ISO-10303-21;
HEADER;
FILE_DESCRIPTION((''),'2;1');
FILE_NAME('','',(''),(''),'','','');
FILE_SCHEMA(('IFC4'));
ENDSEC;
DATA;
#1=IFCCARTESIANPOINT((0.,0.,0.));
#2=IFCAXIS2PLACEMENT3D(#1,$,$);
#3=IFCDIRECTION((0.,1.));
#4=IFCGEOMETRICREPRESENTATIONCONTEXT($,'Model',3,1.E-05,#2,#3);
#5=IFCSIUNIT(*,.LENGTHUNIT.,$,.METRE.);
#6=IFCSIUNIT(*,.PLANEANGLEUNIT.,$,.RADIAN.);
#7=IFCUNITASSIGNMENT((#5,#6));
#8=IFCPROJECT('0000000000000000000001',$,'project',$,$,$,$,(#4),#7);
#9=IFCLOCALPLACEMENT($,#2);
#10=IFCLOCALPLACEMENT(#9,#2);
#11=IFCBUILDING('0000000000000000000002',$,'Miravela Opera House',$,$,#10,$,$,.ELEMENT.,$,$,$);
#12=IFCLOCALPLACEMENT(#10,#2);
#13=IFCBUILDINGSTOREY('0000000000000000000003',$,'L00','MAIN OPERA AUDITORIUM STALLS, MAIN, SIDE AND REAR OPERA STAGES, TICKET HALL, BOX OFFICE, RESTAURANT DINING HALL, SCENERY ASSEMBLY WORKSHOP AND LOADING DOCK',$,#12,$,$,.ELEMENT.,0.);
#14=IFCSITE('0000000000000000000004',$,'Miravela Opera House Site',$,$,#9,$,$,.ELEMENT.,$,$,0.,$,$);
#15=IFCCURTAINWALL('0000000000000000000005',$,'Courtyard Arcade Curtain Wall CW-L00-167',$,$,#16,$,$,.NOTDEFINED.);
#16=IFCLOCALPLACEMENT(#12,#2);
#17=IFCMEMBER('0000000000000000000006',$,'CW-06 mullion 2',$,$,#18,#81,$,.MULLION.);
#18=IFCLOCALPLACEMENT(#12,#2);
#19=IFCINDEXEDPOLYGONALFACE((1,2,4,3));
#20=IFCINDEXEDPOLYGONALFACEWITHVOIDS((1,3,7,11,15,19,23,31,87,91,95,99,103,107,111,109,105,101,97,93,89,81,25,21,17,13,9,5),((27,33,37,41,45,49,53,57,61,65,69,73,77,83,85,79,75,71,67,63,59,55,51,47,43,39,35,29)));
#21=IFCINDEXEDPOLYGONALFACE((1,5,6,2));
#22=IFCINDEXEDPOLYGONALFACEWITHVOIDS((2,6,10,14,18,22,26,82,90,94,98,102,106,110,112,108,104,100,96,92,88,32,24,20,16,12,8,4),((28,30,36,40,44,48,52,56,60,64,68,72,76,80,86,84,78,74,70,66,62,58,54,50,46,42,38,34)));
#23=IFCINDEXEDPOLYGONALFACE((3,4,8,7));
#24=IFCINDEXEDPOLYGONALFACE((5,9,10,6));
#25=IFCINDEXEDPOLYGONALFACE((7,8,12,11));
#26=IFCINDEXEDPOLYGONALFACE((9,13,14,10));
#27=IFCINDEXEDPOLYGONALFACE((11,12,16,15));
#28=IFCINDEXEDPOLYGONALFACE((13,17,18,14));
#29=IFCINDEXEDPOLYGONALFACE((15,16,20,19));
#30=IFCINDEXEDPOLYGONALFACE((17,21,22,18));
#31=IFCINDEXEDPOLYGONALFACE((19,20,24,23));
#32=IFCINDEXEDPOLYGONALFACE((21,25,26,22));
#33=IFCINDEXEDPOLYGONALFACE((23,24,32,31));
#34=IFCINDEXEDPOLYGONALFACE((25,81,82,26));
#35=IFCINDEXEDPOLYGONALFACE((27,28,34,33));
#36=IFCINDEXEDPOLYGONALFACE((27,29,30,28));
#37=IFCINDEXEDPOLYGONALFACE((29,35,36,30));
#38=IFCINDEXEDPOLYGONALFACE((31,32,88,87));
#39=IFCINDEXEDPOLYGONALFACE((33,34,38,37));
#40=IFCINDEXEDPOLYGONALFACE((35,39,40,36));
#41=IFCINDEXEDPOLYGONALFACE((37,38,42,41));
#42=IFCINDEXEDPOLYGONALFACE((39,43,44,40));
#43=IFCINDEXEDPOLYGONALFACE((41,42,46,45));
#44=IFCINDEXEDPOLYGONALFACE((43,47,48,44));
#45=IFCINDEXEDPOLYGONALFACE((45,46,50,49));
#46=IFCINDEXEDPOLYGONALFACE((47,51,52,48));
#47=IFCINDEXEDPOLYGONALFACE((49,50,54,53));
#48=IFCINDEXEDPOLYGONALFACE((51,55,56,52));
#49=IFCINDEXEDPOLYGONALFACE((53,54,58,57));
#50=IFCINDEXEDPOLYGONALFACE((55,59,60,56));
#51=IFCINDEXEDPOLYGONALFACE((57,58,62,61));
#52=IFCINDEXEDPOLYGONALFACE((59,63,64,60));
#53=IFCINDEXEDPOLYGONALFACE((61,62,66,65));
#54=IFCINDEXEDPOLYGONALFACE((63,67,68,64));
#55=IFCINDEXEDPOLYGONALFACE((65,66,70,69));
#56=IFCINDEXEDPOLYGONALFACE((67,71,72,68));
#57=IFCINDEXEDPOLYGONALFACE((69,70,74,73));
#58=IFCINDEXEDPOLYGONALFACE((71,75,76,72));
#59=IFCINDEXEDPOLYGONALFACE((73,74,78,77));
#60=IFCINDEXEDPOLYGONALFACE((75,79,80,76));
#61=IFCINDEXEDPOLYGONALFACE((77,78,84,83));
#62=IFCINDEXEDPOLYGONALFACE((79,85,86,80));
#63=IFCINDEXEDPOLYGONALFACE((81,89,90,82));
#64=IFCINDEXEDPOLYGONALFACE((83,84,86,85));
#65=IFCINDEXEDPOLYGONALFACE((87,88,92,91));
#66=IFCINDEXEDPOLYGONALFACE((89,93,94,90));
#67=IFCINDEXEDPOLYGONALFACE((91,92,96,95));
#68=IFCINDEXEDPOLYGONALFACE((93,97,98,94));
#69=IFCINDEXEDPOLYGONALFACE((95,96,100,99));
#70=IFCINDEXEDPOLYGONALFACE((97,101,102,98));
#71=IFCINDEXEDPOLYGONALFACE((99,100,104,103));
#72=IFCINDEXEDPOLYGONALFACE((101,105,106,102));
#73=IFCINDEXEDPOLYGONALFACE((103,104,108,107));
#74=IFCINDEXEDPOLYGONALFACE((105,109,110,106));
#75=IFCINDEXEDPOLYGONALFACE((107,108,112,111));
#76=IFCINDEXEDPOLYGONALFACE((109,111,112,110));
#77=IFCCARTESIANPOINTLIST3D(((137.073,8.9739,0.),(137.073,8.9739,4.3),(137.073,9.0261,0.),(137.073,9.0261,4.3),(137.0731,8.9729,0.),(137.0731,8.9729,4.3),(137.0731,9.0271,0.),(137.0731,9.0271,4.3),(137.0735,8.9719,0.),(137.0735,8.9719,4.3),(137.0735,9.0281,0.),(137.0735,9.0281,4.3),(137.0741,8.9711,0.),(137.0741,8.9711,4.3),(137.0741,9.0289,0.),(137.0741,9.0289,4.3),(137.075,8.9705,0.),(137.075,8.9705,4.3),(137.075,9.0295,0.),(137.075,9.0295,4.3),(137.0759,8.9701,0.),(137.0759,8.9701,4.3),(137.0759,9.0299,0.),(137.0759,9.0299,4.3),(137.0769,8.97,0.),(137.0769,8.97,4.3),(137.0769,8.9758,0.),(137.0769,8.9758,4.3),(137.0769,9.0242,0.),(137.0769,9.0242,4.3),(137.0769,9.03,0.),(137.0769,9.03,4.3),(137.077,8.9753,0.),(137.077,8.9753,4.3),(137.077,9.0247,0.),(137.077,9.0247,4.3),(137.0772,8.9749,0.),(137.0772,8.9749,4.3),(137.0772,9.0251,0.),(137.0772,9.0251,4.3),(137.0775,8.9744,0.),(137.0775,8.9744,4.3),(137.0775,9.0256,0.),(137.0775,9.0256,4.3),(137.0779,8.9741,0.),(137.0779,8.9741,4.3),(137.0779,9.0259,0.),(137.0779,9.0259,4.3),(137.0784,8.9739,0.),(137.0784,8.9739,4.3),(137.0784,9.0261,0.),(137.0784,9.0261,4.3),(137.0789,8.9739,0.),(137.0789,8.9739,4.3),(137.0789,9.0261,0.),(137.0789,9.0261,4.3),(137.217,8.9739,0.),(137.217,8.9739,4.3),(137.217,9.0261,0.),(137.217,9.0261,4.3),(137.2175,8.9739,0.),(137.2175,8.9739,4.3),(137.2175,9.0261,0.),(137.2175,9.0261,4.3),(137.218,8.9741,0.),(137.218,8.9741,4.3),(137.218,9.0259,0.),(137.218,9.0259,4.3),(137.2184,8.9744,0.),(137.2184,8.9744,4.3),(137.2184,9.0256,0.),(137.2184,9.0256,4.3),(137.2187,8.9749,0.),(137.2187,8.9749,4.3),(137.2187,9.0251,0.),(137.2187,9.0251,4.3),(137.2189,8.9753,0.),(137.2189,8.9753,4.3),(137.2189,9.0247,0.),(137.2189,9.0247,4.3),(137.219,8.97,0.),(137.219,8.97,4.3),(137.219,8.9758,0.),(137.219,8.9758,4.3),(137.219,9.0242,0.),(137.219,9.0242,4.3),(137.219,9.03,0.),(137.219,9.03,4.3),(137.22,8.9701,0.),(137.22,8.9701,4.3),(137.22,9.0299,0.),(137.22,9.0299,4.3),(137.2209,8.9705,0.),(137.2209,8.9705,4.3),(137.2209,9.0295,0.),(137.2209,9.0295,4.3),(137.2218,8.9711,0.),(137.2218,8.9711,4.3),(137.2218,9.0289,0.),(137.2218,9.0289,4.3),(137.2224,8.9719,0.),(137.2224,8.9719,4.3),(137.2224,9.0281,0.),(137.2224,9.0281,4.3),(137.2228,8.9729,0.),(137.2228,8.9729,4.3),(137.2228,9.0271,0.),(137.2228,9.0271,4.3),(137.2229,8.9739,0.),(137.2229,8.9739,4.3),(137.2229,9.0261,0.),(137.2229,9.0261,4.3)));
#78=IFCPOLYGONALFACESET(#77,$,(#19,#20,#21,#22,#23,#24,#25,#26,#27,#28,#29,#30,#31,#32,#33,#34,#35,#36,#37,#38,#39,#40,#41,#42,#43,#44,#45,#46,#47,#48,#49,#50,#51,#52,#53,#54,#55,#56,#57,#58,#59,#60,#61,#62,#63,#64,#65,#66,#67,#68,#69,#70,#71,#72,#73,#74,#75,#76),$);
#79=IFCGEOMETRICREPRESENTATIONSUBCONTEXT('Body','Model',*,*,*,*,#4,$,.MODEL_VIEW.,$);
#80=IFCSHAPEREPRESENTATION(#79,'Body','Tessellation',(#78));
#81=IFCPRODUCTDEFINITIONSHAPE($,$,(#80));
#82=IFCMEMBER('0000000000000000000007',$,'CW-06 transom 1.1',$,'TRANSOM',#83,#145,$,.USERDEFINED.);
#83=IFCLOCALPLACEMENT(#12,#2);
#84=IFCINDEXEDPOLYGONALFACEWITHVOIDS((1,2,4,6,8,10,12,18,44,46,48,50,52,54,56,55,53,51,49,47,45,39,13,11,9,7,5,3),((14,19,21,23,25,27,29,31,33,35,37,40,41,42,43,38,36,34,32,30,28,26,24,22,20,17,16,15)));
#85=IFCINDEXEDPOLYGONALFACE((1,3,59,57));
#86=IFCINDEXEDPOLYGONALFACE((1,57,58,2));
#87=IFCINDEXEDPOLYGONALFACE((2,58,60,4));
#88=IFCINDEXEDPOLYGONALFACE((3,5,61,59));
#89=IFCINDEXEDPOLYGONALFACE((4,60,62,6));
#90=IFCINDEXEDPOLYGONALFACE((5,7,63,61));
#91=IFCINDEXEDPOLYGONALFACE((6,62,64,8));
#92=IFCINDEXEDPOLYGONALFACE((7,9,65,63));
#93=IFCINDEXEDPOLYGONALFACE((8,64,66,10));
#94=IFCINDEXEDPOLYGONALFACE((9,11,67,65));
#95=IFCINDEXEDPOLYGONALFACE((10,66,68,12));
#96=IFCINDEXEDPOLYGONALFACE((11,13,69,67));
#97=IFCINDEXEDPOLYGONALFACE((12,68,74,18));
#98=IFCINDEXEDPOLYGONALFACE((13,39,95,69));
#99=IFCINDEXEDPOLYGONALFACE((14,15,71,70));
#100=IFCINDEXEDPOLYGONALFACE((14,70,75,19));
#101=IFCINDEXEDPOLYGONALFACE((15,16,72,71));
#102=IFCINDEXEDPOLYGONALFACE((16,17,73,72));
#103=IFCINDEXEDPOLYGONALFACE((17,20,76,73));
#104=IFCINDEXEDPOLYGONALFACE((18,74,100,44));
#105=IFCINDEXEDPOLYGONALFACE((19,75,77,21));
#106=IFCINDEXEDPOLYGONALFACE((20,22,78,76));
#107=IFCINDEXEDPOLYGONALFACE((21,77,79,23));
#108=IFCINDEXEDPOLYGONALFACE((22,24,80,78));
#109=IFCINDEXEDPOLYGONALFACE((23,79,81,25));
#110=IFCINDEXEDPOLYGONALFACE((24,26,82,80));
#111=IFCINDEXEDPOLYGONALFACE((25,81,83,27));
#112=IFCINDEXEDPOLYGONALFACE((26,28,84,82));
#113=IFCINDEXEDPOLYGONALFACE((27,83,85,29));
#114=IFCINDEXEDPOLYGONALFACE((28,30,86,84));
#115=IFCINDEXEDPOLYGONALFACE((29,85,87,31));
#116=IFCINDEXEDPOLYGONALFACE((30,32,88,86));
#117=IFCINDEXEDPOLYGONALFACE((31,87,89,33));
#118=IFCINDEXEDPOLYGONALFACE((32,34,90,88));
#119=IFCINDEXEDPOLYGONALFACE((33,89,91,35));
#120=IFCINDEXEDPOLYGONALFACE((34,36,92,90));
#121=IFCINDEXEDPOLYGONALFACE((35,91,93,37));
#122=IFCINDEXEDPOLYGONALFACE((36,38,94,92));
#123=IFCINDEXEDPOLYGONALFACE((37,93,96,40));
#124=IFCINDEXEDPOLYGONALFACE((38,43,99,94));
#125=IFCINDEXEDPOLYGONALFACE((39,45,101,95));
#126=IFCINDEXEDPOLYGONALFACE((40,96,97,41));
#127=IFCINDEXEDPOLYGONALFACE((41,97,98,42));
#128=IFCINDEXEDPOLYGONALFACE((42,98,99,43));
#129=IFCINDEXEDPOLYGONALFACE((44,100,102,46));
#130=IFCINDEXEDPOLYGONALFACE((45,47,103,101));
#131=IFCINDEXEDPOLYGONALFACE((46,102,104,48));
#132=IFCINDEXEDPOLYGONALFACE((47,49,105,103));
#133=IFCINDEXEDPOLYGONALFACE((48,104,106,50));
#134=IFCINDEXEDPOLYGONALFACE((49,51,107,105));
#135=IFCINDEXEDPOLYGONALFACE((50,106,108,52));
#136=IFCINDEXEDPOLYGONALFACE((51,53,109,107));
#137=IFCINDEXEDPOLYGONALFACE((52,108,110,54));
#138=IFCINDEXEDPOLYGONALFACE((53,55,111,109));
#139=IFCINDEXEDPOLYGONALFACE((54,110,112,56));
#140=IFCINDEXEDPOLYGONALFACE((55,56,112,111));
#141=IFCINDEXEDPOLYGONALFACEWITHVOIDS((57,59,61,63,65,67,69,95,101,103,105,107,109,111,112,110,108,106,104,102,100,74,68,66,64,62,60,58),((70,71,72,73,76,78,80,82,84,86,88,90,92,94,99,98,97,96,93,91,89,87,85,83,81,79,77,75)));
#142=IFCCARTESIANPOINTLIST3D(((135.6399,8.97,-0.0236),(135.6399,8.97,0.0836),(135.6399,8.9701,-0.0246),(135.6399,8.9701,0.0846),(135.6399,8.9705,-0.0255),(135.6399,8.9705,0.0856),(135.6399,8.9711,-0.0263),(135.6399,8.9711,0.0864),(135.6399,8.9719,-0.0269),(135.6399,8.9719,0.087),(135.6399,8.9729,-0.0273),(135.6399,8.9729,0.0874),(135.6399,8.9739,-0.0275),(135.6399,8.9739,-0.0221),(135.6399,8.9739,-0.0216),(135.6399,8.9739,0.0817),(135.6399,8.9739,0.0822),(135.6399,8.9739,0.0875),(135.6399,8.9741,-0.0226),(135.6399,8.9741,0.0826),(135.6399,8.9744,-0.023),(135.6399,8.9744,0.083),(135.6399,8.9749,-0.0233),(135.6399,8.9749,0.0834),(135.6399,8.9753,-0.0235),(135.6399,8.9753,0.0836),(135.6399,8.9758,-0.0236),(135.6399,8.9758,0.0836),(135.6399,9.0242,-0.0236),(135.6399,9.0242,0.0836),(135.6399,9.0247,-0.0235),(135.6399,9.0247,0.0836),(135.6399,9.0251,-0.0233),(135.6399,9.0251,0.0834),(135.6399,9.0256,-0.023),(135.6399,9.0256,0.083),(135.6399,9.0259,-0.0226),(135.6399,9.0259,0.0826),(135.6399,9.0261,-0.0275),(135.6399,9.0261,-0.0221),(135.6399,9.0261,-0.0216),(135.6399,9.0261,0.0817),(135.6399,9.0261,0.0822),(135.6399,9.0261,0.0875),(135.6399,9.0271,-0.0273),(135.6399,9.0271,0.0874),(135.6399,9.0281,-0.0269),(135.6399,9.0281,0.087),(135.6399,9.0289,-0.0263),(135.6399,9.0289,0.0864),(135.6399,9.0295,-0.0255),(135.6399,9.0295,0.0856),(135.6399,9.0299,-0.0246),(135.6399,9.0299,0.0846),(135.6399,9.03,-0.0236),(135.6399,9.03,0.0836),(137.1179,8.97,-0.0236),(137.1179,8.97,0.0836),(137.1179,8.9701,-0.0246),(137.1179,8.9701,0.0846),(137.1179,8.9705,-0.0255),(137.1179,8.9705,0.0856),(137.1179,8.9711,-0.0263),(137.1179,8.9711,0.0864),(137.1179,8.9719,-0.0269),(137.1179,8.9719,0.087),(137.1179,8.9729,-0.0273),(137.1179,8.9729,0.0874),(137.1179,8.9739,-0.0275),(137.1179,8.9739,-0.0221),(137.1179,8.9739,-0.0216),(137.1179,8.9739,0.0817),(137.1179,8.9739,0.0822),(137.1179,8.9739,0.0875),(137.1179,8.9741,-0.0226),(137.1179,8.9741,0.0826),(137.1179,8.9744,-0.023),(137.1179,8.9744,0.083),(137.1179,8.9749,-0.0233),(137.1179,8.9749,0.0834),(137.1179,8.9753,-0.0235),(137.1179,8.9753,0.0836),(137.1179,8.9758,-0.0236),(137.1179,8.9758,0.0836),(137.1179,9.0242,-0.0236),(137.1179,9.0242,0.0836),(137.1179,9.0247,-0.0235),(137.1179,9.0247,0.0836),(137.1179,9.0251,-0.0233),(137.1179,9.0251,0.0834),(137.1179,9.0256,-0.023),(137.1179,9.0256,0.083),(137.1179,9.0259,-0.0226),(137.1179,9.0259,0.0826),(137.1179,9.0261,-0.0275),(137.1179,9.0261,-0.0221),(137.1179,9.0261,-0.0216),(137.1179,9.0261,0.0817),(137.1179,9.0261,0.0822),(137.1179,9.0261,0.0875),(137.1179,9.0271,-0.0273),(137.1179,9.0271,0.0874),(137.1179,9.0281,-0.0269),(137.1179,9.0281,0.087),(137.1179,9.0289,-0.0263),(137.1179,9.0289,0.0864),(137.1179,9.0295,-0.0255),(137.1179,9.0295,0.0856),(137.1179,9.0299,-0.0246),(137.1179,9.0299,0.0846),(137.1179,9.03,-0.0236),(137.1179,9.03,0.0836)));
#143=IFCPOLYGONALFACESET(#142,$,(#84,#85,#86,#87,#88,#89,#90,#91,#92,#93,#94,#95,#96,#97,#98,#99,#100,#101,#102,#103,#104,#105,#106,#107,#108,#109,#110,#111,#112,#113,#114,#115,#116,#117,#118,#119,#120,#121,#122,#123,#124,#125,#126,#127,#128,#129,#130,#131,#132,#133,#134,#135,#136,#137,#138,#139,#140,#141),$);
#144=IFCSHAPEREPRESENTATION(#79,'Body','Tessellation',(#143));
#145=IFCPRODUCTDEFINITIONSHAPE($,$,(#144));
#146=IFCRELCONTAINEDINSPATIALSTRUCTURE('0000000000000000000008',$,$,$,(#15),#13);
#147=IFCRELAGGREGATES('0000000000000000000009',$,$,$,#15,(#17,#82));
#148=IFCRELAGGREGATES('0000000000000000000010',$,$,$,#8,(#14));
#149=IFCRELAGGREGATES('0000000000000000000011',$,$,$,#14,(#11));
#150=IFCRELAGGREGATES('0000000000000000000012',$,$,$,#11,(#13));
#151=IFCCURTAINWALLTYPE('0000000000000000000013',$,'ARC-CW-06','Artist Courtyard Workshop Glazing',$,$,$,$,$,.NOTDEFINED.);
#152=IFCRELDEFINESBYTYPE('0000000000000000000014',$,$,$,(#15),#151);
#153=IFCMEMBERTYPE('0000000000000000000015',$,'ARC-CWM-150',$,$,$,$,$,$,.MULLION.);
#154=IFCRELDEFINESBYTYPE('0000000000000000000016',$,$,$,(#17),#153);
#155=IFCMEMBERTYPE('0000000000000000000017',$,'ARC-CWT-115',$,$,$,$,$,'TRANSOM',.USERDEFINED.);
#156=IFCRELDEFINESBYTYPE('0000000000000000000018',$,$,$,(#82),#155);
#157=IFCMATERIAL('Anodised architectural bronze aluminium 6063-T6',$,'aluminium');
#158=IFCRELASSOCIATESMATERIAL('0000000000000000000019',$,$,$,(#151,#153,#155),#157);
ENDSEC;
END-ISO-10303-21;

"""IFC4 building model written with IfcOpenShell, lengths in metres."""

from ifc_helpers import new_model, si_unit, direction, frame, origin, origin_2d, place, context, subcontext, project, spatial, hollow_rectangle, extrude, material, material_profile, profile_set, type_object, element, aggregate, save


model = new_model("IFC4")

# Units and contexts
model_context = context("Model", 3, precision=1e-05, world=origin(), true_north=direction((0.0, 1.0)))
body_context = subcontext(model_context, "Body", "Model", "MODEL_VIEW")
ifc_project = project(units=[si_unit("LENGTHUNIT", "METRE"), si_unit("PLANEANGLEUNIT", "RADIAN")], contexts=[model_context])

# Site, building, storey
site_placement = place(None, origin())
site = spatial("IfcSite", under=ifc_project, at=site_placement, Name="Miravela Opera House Site", CompositionType="ELEMENT", RefElevation=0.0)
building_placement = place(site_placement, origin())
building = spatial("IfcBuilding", under=site, at=building_placement, Name="Miravela Opera House", CompositionType="ELEMENT")
storey_placement = place(building_placement, origin())
storey = spatial("IfcBuildingStorey", under=building, at=storey_placement, Name="L00", Description="MAIN OPERA AUDITORIUM STALLS, MAIN, SIDE AND REAR OPERA STAGES, TICKET HALL, BOX OFFICE, RESTAURANT DINING HALL, SCENERY ASSEMBLY WORKSHOP AND LOADING DOCK", CompositionType="ELEMENT", Elevation=0.0)

# Shared definitions
ifc_material_1 = material(Name="Anodised architectural bronze aluminium 6063-T6", Category="aluminium")
curtain_wall_type = type_object("IfcCurtainWallType", Name="ARC-CW-06", Description="Artist Courtyard Workshop Glazing", PredefinedType="NOTDEFINED", material=ifc_material_1)
ifc_material_profile_1 = material_profile(ifc_material_1, hollow_rectangle(XDim=0.0601, YDim=0.1499, WallThickness=0.0039, InnerFilletRadius=0.002, OuterFilletRadius=0.0039, at=origin_2d()), Name="CWM-60X150")
ifc_profile_set_1 = profile_set([ifc_material_profile_1])
member_type_1 = type_object("IfcMemberType", Name="ARC-CWM-150", PredefinedType="MULLION", material=ifc_profile_set_1)

# Curtain wall, members
curtain_wall_1_placement = place(storey_placement, origin())
curtain_wall_1 = element("IfcCurtainWall", 1, at=curtain_wall_1_placement, inside=storey, type_object=curtain_wall_type, Name="Courtyard Arcade Curtain Wall CW-L00-167", PredefinedType="NOTDEFINED")
member_1_placement = place(storey_placement, frame((137.1479, 9.0, 0.0), z_axis=(0.0, 0.0, 1.0), x_axis=(0.0, 1.0, 0.0)))
member_1 = element("IfcMember", 2, at=member_1_placement, type_object=member_type_1, Name="CW-06 mullion 2", PredefinedType="MULLION", context=body_context, shape_type="SweptSolid", body=[
    extrude(hollow_rectangle(XDim=0.0601, YDim=0.1499, WallThickness=0.0039, InnerFilletRadius=0.002, OuterFilletRadius=0.0039, at=origin_2d()), origin(), (0.0, 0.0, 1.0), 4.3),
])
ifc_material_profile_2 = material_profile(ifc_material_1, hollow_rectangle(XDim=0.0601, YDim=0.115, WallThickness=0.0039, InnerFilletRadius=0.002, OuterFilletRadius=0.0039, at=origin_2d()), Name="CWT-60X115")
ifc_profile_set_2 = profile_set([ifc_material_profile_2])
member_type_2 = type_object("IfcMemberType", Name="ARC-CWT-115", ElementType="TRANSOM", PredefinedType="USERDEFINED", material=ifc_profile_set_2)
member_2_placement = place(storey_placement, frame((135.6399, 9.0, 0.03), z_axis=(1.0, 0.0, 0.0), x_axis=(0.0, 1.0, 0.0)))
member_2 = element("IfcMember", 3, at=member_2_placement, type_object=member_type_2, Name="CW-06 transom 1.1", ObjectType="TRANSOM", PredefinedType="USERDEFINED", context=body_context, shape_type="SweptSolid", body=[
    extrude(hollow_rectangle(XDim=0.0601, YDim=0.115, WallThickness=0.0039, InnerFilletRadius=0.002, OuterFilletRadius=0.0039, at=origin_2d()), origin(), (0.0, 0.0, 1.0), 1.478),
])

aggregate(curtain_wall_1, [member_1, member_2])

save(model, "model.ifc")
